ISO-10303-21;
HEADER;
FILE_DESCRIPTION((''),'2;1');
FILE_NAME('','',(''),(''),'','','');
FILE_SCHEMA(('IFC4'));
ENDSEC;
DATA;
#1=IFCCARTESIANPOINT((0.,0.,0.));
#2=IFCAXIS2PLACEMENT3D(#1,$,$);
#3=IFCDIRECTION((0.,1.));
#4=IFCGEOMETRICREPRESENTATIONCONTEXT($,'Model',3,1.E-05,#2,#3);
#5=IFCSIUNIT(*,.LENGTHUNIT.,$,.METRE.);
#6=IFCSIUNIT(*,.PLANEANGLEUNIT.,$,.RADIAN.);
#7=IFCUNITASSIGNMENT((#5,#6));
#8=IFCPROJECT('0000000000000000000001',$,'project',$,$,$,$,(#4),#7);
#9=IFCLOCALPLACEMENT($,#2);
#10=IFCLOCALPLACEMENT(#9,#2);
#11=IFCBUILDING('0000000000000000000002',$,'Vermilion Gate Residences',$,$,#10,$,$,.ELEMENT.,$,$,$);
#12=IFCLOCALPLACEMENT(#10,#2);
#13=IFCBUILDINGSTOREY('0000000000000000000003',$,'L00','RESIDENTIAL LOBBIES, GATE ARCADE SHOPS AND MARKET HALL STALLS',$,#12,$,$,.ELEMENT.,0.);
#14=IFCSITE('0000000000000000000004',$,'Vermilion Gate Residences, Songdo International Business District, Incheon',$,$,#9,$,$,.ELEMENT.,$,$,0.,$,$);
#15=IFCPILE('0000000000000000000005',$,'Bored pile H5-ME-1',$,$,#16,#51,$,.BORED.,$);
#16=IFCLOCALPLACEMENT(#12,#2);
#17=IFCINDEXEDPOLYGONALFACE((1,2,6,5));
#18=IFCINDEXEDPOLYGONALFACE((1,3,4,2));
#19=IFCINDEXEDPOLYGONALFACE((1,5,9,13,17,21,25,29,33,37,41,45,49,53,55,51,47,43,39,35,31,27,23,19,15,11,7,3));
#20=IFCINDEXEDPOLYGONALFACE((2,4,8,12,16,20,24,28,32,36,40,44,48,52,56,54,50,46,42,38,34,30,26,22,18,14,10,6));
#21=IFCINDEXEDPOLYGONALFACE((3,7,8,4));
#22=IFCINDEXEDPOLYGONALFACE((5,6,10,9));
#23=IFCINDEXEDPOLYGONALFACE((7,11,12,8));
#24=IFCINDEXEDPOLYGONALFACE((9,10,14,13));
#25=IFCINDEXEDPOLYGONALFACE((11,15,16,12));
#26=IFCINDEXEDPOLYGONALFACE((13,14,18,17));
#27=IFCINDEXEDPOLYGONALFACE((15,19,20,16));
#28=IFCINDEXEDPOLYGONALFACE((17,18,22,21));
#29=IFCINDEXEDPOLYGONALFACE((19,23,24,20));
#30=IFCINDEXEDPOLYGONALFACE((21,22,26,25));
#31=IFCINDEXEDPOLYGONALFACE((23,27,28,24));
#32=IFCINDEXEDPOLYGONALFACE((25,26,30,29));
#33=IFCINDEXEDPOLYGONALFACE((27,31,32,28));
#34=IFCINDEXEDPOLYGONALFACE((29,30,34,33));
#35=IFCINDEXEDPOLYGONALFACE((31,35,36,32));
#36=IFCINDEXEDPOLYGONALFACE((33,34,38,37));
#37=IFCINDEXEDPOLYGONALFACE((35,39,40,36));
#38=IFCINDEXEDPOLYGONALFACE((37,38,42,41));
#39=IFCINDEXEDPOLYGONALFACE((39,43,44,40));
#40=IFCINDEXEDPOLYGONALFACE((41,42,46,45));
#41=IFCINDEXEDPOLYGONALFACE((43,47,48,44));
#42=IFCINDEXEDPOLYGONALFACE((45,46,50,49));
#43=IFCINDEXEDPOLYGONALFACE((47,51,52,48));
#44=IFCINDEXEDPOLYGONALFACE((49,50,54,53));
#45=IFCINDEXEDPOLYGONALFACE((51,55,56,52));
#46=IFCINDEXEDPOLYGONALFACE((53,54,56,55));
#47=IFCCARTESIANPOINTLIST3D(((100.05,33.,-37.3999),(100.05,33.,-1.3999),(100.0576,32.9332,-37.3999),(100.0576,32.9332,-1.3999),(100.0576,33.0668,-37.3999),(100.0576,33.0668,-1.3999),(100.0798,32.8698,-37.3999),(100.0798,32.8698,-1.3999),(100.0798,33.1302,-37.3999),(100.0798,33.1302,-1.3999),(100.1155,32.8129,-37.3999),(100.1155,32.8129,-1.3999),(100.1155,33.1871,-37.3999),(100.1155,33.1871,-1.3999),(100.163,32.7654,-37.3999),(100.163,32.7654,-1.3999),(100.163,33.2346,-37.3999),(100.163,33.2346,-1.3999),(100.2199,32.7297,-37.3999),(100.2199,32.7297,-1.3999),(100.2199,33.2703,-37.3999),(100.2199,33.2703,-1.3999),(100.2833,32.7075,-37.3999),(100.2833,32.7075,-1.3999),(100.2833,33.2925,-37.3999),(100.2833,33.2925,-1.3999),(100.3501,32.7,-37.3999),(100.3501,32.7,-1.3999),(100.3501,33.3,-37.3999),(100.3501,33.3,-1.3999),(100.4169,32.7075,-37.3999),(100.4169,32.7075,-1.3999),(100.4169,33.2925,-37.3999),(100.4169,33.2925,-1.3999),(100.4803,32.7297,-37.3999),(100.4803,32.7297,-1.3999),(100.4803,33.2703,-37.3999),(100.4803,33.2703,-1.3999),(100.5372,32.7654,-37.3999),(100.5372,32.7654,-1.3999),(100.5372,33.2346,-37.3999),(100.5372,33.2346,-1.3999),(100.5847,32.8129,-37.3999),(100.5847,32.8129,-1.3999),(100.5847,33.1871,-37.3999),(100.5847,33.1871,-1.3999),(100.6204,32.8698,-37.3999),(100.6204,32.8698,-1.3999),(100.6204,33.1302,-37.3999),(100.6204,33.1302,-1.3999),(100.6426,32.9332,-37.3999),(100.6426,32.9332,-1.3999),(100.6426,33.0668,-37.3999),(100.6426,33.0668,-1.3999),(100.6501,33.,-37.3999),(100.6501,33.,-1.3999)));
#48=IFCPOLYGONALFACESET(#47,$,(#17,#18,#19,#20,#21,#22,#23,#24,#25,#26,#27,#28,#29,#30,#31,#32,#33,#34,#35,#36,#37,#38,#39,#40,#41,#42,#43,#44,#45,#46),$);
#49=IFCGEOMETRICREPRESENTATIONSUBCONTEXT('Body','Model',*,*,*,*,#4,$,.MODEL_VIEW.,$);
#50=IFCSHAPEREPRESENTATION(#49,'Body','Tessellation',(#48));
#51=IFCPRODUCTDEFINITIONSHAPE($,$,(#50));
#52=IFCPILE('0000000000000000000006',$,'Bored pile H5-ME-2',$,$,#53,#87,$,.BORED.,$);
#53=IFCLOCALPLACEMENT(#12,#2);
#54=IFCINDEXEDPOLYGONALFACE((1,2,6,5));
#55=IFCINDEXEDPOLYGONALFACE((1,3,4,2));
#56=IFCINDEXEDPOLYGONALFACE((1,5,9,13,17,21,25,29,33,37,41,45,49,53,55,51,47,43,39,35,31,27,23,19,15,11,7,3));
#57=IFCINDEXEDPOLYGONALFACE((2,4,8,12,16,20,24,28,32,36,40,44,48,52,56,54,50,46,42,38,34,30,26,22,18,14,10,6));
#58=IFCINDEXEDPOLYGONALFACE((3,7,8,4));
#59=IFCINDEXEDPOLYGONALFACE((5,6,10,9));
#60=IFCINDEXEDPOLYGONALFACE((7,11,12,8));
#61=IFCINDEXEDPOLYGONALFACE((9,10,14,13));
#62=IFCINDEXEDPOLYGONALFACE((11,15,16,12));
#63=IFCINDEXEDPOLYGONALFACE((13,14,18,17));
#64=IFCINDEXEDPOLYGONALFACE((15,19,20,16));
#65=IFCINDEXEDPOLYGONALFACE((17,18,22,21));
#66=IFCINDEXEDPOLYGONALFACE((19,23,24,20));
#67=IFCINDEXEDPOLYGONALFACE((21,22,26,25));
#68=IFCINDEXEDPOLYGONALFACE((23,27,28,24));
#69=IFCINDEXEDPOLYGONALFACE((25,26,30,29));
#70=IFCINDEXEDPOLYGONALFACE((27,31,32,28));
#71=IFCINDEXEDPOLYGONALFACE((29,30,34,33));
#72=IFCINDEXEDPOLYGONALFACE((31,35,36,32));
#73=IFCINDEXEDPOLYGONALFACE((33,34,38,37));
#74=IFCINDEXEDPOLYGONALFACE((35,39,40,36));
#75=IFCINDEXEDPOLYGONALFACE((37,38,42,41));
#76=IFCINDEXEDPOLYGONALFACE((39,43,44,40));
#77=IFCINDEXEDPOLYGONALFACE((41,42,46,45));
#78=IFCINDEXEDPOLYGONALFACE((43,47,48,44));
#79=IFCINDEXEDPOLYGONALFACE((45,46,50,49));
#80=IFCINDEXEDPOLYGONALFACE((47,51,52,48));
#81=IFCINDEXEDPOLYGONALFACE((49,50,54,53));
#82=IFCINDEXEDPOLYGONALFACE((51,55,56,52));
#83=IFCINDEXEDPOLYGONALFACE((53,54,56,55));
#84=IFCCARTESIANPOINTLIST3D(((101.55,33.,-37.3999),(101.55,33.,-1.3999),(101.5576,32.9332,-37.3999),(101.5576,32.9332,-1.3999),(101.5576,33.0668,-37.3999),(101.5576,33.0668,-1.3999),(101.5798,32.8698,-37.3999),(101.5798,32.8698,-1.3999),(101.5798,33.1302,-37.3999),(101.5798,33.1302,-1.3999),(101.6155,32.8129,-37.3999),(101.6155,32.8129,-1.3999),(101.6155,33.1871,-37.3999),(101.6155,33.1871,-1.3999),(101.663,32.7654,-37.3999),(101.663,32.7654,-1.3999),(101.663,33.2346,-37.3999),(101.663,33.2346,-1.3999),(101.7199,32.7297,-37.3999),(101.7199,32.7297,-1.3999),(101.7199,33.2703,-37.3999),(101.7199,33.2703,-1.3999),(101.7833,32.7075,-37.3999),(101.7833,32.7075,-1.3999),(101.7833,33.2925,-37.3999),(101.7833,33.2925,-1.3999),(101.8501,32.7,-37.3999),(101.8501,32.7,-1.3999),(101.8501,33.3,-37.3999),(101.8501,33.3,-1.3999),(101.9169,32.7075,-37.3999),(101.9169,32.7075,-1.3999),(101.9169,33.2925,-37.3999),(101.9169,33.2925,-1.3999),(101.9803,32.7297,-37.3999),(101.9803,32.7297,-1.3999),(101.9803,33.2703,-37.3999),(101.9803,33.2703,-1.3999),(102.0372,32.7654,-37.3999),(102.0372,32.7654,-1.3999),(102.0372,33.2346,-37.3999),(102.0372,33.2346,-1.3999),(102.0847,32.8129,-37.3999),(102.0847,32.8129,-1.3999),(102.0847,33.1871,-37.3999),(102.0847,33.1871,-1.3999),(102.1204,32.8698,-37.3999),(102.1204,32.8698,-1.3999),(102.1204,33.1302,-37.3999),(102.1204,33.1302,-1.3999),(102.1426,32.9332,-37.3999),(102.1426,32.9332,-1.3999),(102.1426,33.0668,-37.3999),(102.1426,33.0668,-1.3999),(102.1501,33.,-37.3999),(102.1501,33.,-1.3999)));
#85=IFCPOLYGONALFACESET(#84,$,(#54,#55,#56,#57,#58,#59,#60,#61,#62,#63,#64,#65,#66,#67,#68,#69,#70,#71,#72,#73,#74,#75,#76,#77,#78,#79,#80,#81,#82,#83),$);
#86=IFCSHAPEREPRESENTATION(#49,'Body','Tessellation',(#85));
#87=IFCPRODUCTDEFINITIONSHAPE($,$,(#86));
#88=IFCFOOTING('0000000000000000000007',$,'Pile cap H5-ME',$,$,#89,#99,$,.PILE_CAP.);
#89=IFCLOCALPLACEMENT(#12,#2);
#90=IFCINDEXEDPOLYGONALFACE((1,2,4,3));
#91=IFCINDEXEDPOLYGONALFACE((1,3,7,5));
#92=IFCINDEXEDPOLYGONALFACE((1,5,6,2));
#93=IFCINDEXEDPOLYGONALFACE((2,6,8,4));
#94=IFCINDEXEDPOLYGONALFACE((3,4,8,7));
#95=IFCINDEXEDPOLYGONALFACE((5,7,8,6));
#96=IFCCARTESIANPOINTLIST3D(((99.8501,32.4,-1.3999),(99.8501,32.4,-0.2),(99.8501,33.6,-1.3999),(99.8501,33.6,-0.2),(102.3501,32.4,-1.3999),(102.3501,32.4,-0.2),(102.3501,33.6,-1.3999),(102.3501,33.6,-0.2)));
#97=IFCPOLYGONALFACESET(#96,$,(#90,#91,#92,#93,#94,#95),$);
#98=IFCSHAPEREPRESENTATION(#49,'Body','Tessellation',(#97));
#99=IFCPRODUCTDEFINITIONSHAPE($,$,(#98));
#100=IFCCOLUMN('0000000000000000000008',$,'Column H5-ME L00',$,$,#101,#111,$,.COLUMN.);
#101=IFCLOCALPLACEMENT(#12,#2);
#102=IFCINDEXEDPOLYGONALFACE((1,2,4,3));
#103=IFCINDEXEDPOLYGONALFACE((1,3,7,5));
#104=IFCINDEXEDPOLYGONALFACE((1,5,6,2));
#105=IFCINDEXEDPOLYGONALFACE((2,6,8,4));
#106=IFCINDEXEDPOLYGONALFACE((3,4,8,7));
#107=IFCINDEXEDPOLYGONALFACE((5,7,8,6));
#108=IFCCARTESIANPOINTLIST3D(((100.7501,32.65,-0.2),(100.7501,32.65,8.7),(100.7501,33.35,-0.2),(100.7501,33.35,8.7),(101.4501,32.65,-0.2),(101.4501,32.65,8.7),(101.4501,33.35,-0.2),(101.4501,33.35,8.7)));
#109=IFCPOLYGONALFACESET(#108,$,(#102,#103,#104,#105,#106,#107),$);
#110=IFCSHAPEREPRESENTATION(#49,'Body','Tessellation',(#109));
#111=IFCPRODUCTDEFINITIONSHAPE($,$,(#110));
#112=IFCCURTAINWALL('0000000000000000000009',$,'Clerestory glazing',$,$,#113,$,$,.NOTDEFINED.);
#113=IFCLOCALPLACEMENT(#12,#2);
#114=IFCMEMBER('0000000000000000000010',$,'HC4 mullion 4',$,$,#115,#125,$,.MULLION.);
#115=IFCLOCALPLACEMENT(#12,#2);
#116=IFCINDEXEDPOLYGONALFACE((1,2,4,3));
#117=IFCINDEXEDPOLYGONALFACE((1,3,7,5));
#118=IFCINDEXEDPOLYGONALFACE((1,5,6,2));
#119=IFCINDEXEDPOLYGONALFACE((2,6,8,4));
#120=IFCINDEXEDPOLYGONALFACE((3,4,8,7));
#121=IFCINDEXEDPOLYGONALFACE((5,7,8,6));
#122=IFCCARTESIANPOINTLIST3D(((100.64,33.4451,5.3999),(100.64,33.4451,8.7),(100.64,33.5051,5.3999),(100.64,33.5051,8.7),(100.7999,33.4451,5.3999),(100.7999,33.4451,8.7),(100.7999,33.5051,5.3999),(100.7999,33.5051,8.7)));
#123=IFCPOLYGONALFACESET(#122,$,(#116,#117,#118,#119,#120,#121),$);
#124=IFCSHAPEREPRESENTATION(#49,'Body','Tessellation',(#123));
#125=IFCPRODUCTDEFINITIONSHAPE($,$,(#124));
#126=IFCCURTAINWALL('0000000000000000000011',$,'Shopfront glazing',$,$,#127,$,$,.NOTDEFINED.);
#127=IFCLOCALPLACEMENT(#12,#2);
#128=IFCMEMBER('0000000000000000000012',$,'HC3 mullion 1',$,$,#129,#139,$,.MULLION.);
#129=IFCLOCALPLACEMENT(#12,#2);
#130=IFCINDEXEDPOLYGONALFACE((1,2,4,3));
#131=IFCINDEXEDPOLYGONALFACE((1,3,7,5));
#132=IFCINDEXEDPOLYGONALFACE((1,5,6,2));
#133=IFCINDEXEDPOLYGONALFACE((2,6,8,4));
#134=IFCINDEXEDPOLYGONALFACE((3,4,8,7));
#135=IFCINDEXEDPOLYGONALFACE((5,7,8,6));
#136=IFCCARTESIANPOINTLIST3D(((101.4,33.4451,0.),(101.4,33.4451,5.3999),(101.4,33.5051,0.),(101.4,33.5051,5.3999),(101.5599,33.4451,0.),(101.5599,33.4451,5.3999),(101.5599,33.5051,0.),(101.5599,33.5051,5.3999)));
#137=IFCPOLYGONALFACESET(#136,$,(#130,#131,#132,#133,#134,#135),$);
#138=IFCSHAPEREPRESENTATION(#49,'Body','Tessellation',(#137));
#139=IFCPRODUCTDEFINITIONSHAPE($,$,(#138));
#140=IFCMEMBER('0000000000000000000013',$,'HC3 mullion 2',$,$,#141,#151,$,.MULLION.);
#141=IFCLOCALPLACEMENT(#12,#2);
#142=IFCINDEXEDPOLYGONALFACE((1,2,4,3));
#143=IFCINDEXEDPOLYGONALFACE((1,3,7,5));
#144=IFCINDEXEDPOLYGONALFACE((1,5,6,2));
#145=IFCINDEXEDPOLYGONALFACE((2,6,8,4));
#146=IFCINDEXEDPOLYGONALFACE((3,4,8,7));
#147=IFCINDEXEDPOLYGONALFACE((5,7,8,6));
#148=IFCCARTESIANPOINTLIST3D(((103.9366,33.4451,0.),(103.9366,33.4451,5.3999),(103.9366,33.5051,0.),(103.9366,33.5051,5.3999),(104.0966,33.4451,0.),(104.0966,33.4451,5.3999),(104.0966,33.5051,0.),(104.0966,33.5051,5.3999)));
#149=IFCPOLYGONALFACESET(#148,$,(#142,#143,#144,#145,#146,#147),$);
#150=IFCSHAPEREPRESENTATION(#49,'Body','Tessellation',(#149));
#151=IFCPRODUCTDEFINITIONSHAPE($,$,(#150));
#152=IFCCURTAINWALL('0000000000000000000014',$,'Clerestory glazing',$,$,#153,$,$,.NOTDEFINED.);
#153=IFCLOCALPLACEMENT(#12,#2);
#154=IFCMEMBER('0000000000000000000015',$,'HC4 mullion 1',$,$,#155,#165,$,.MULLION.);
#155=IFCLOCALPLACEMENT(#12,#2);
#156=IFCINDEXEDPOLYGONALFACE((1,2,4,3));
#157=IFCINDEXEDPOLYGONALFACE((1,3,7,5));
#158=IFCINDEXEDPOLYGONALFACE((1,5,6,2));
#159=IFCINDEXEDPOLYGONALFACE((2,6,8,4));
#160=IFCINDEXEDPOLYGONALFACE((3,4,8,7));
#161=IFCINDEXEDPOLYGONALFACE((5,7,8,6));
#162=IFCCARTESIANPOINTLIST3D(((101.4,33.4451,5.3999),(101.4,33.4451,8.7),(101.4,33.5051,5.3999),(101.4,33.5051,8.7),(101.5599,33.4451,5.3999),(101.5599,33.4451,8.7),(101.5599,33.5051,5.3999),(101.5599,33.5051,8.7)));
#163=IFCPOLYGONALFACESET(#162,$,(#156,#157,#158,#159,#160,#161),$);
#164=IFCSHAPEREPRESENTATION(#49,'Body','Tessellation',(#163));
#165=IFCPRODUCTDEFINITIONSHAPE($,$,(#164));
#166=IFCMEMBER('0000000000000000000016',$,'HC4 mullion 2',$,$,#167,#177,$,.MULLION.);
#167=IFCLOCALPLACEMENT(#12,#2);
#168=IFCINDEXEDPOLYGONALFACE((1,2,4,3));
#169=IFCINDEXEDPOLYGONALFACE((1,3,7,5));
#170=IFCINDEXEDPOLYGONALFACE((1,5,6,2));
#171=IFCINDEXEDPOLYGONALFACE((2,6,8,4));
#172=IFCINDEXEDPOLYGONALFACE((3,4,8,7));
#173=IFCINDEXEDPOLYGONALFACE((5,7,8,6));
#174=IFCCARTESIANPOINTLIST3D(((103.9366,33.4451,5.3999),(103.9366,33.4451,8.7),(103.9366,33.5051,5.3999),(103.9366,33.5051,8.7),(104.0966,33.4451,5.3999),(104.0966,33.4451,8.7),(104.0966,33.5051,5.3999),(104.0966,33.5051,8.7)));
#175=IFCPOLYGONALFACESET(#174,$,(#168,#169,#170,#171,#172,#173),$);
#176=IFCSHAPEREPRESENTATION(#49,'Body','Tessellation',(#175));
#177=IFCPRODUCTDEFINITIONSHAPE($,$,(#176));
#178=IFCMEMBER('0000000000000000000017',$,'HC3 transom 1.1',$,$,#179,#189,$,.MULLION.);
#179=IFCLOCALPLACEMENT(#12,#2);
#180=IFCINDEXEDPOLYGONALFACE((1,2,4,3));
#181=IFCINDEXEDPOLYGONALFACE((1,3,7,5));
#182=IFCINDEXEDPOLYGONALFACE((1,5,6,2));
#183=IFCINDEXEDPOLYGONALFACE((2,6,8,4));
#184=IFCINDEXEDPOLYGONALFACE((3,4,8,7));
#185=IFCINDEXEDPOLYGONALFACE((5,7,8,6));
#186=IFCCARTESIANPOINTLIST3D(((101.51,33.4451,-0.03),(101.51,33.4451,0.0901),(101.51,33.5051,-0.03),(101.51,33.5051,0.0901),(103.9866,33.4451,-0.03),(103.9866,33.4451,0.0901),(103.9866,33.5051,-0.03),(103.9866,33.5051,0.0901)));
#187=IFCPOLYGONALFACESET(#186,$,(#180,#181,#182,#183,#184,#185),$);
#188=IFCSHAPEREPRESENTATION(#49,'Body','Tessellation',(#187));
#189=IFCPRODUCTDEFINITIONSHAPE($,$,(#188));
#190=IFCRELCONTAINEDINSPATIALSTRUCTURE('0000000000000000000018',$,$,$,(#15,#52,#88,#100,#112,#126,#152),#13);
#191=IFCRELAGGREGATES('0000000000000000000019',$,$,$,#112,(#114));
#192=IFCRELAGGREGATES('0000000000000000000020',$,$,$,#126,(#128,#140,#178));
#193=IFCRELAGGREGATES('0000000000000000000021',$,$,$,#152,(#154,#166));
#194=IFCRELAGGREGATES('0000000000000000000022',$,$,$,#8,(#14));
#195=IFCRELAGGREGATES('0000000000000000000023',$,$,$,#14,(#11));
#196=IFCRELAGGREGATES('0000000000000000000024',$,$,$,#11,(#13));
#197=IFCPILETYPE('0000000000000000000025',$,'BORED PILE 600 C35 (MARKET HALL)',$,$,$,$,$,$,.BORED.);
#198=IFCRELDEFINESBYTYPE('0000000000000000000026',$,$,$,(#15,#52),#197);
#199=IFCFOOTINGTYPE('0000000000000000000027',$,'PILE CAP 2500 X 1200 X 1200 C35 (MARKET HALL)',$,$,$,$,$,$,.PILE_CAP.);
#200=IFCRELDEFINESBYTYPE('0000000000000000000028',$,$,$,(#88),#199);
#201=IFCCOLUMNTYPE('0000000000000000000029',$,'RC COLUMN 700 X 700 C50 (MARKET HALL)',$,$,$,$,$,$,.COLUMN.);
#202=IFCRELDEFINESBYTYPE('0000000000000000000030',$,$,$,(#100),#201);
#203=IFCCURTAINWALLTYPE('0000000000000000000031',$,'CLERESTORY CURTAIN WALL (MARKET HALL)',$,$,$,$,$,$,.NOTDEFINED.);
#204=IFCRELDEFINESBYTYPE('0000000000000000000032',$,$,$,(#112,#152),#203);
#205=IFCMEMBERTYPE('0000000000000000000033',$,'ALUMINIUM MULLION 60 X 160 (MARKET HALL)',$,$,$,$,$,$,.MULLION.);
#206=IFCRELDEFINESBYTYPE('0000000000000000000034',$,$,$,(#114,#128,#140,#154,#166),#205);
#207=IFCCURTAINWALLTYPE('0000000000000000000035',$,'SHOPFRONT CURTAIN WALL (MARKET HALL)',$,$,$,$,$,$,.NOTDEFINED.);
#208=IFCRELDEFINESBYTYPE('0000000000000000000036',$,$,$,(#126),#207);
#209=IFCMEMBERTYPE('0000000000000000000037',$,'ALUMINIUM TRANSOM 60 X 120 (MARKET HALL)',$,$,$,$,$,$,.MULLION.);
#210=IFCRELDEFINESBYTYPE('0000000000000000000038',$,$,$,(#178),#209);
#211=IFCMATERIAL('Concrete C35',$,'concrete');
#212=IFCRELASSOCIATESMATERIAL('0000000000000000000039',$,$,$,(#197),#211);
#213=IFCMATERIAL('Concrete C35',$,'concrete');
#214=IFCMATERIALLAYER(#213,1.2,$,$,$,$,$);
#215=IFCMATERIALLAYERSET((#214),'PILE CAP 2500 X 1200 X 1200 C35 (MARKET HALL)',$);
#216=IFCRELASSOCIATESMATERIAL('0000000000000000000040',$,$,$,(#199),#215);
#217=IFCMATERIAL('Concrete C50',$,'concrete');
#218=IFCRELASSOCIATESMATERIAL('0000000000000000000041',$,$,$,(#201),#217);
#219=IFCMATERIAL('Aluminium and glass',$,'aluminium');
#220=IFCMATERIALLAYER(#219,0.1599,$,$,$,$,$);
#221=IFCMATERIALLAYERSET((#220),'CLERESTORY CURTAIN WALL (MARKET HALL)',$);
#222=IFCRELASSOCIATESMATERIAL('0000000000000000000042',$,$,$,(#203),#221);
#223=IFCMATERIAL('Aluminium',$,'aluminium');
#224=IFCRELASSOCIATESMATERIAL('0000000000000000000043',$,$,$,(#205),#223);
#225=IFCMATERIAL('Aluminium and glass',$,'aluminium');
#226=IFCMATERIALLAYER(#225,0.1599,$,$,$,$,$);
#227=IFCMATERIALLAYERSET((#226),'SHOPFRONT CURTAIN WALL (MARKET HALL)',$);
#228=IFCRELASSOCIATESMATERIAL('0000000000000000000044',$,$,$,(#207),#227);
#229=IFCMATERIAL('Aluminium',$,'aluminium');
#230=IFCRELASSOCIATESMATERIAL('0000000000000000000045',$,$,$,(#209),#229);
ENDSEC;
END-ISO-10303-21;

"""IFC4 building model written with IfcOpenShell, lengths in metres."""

from ifc_helpers import new_model, si_unit, direction, frame, origin, origin_2d, place, context, subcontext, project, spatial, rectangle, circle, extrude, material, layer, layer_set, material_profile, profile_set, type_object, element, aggregate, save


model = new_model("IFC4")

# Units and contexts
model_context = context("Model", 3, precision=1e-05, world=origin(), true_north=direction((0.0, 1.0)))
body_context = subcontext(model_context, "Body", "Model", "MODEL_VIEW")
ifc_project = project(units=[si_unit("LENGTHUNIT", "METRE"), si_unit("PLANEANGLEUNIT", "RADIAN")], contexts=[model_context])

# Site, building, storey
site_placement = place(None, origin())
site = spatial("IfcSite", under=ifc_project, at=site_placement, Name="Vermilion Gate Residences, Songdo International Business District, Incheon", CompositionType="ELEMENT", RefElevation=0.0)
building_placement = place(site_placement, origin())
building = spatial("IfcBuilding", under=site, at=building_placement, Name="Vermilion Gate Residences", CompositionType="ELEMENT")
storey_placement = place(building_placement, origin())
storey = spatial("IfcBuildingStorey", under=building, at=storey_placement, Name="L00", Description="RESIDENTIAL LOBBIES, GATE ARCADE SHOPS AND MARKET HALL STALLS", CompositionType="ELEMENT", Elevation=0.0)

# Piles
ifc_material_1 = material(Name="Concrete C35", Category="concrete")
ifc_material_profile_1 = material_profile(ifc_material_1, circle(Radius=0.3, at=origin_2d()), Name="BORED PILE 600 C35 (MARKET HALL)")
ifc_profile_set_1 = profile_set([ifc_material_profile_1], Name="Concrete C35")
pile_type = type_object("IfcPileType", Name="BORED PILE 600 C35 (MARKET HALL)", PredefinedType="BORED", material=ifc_profile_set_1)
for number, where, z_axis, x_axis, name in (
    (1, (100.3501, 33.0, -1.3999), (0.0, 0.0, -1.0), (1.0, 0.0, 0.0), "Bored pile H5-ME-1"),
    (2, (101.8501, 33.0, -1.3999), (0.0, 0.0, -1.0), (1.0, 0.0, 0.0), "Bored pile H5-ME-2"),
):
    element("IfcPile", number, at=place(storey_placement, frame(where, z_axis=z_axis, x_axis=x_axis)), inside=storey, type_object=pile_type, Name=name, PredefinedType="BORED", context=body_context, shape_type="SweptSolid", body=[
        extrude(circle(Radius=0.3, at=origin_2d()), origin(), (0.0, 0.0, 1.0), 36.0),
    ])

# Footing
ifc_material_2 = material(Name="Concrete C35", Category="concrete")
ifc_layer_1 = layer(ifc_material_2, 1.2)
ifc_layer_set_1 = layer_set([ifc_layer_1], Name="PILE CAP 2500 X 1200 X 1200 C35 (MARKET HALL)")
footing_type = type_object("IfcFootingType", Name="PILE CAP 2500 X 1200 X 1200 C35 (MARKET HALL)", PredefinedType="PILE_CAP", material=ifc_layer_set_1)
footing_placement = place(storey_placement, frame((101.1001, 33.0, -1.3999), z_axis=(0.0, 0.0, 1.0), x_axis=(1.0, 0.0, 0.0)))
element("IfcFooting", 3, at=footing_placement, inside=storey, type_object=footing_type, Name="Pile cap H5-ME", PredefinedType="PILE_CAP", context=body_context, shape_type="SweptSolid", body=[
    extrude(rectangle(XDim=2.5, YDim=1.2, at=origin_2d()), origin(), (0.0, 0.0, 1.0), 1.2),
])

# Column
ifc_material_3 = material(Name="Concrete C50", Category="concrete")
ifc_material_profile_2 = material_profile(ifc_material_3, rectangle(XDim=0.7, YDim=0.7, at=origin_2d()), Name="RC COLUMN 700 X 700 C50 (MARKET HALL)")
ifc_profile_set_2 = profile_set([ifc_material_profile_2], Name="Concrete C50")
column_type = type_object("IfcColumnType", Name="RC COLUMN 700 X 700 C50 (MARKET HALL)", PredefinedType="COLUMN", material=ifc_profile_set_2)
column_placement = place(storey_placement, frame((101.1001, 33.0, -0.2), z_axis=(0.0, 0.0, 1.0), x_axis=(1.0, 0.0, 0.0)))
element("IfcColumn", 4, at=column_placement, inside=storey, type_object=column_type, Name="Column H5-ME L00", PredefinedType="COLUMN", context=body_context, shape_type="SweptSolid", body=[
    extrude(rectangle(XDim=0.7, YDim=0.7, at=origin_2d()), origin(), (0.0, 0.0, 1.0), 8.8999),
])

# Curtain wall, member
ifc_material_4 = material(Name="Aluminium and glass", Category="aluminium")
ifc_layer_2 = layer(ifc_material_4, 0.1599)
ifc_layer_set_2 = layer_set([ifc_layer_2], Name="CLERESTORY CURTAIN WALL (MARKET HALL)")
curtain_wall_type_1 = type_object("IfcCurtainWallType", Name="CLERESTORY CURTAIN WALL (MARKET HALL)", PredefinedType="NOTDEFINED", material=ifc_layer_set_2)
curtain_wall_1_placement = place(storey_placement, origin())
curtain_wall_1 = element("IfcCurtainWall", 5, at=curtain_wall_1_placement, inside=storey, type_object=curtain_wall_type_1, Name="Clerestory glazing", PredefinedType="NOTDEFINED")
ifc_material_5 = material(Name="Aluminium", Category="aluminium")
ifc_material_profile_3 = material_profile(ifc_material_5, rectangle(XDim=0.0601, YDim=0.1599, at=origin_2d()), Name="ALUMINIUM MULLION 60 X 160 (MARKET HALL)")
ifc_profile_set_3 = profile_set([ifc_material_profile_3], Name="Aluminium")
member_type_1 = type_object("IfcMemberType", Name="ALUMINIUM MULLION 60 X 160 (MARKET HALL)", PredefinedType="MULLION", material=ifc_profile_set_3)
member_1_placement = place(storey_placement, frame((100.72, 33.4751, 5.3999), z_axis=(0.0, 0.0, 1.0), x_axis=(0.0, 1.0, 0.0)))
member_1 = element("IfcMember", 6, at=member_1_placement, type_object=member_type_1, Name="HC4 mullion 4", PredefinedType="MULLION", context=body_context, shape_type="SweptSolid", body=[
    extrude(rectangle(XDim=0.0601, YDim=0.1599, at=origin_2d()), origin(), (0.0, 0.0, 1.0), 3.3),
])
aggregate(curtain_wall_1, [member_1])

# Curtain walls, members
ifc_material_6 = material(Name="Aluminium and glass", Category="aluminium")
ifc_layer_3 = layer(ifc_material_6, 0.1599)
ifc_layer_set_3 = layer_set([ifc_layer_3], Name="SHOPFRONT CURTAIN WALL (MARKET HALL)")
curtain_wall_type_2 = type_object("IfcCurtainWallType", Name="SHOPFRONT CURTAIN WALL (MARKET HALL)", PredefinedType="NOTDEFINED", material=ifc_layer_set_3)
curtain_wall_2_placement = place(storey_placement, origin())
curtain_wall_2 = element("IfcCurtainWall", 7, at=curtain_wall_2_placement, inside=storey, type_object=curtain_wall_type_2, Name="Shopfront glazing", PredefinedType="NOTDEFINED")
member_2_placement = place(storey_placement, frame((101.48, 33.4751, 0.0), z_axis=(0.0, 0.0, 1.0), x_axis=(0.0, 1.0, 0.0)))
member_2 = element("IfcMember", 8, at=member_2_placement, type_object=member_type_1, Name="HC3 mullion 1", PredefinedType="MULLION", context=body_context, shape_type="SweptSolid", body=[
    extrude(rectangle(XDim=0.0601, YDim=0.1599, at=origin_2d()), origin(), (0.0, 0.0, 1.0), 5.3999),
])
member_3_placement = place(storey_placement, frame((104.0166, 33.4751, 0.0), z_axis=(0.0, 0.0, 1.0), x_axis=(0.0, 1.0, 0.0)))
member_3 = element("IfcMember", 9, at=member_3_placement, type_object=member_type_1, Name="HC3 mullion 2", PredefinedType="MULLION", context=body_context, shape_type="SweptSolid", body=[
    extrude(rectangle(XDim=0.0601, YDim=0.1599, at=origin_2d()), origin(), (0.0, 0.0, 1.0), 5.3999),
])
curtain_wall_3_placement = place(storey_placement, origin())
curtain_wall_3 = element("IfcCurtainWall", 10, at=curtain_wall_3_placement, inside=storey, type_object=curtain_wall_type_1, Name="Clerestory glazing", PredefinedType="NOTDEFINED")
member_4_placement = place(storey_placement, frame((101.48, 33.4751, 5.3999), z_axis=(0.0, 0.0, 1.0), x_axis=(0.0, 1.0, 0.0)))
member_4 = element("IfcMember", 11, at=member_4_placement, type_object=member_type_1, Name="HC4 mullion 1", PredefinedType="MULLION", context=body_context, shape_type="SweptSolid", body=[
    extrude(rectangle(XDim=0.0601, YDim=0.1599, at=origin_2d()), origin(), (0.0, 0.0, 1.0), 3.3),
])
member_5_placement = place(storey_placement, frame((104.0166, 33.4751, 5.3999), z_axis=(0.0, 0.0, 1.0), x_axis=(0.0, 1.0, 0.0)))
member_5 = element("IfcMember", 12, at=member_5_placement, type_object=member_type_1, Name="HC4 mullion 2", PredefinedType="MULLION", context=body_context, shape_type="SweptSolid", body=[
    extrude(rectangle(XDim=0.0601, YDim=0.1599, at=origin_2d()), origin(), (0.0, 0.0, 1.0), 3.3),
])

# Member
ifc_material_7 = material(Name="Aluminium", Category="aluminium")
ifc_material_profile_4 = material_profile(ifc_material_7, rectangle(XDim=0.0601, YDim=0.1201, at=origin_2d()), Name="ALUMINIUM TRANSOM 60 X 120 (MARKET HALL)")
ifc_profile_set_4 = profile_set([ifc_material_profile_4], Name="Aluminium")
member_type_2 = type_object("IfcMemberType", Name="ALUMINIUM TRANSOM 60 X 120 (MARKET HALL)", PredefinedType="MULLION", material=ifc_profile_set_4)
member_6_placement = place(storey_placement, frame((101.51, 33.4751, 0.03), z_axis=(1.0, 0.0, 0.0), x_axis=(0.0, 1.0, 0.0)))
member_6 = element("IfcMember", 13, at=member_6_placement, type_object=member_type_2, Name="HC3 transom 1.1", PredefinedType="MULLION", context=body_context, shape_type="SweptSolid", body=[
    extrude(rectangle(XDim=0.0601, YDim=0.1201, at=origin_2d()), origin(), (0.0, 0.0, 1.0), 2.4766),
])

aggregate(curtain_wall_2, [member_2, member_3, member_6])
aggregate(curtain_wall_3, [member_4, member_5])

save(model, "model.ifc")
